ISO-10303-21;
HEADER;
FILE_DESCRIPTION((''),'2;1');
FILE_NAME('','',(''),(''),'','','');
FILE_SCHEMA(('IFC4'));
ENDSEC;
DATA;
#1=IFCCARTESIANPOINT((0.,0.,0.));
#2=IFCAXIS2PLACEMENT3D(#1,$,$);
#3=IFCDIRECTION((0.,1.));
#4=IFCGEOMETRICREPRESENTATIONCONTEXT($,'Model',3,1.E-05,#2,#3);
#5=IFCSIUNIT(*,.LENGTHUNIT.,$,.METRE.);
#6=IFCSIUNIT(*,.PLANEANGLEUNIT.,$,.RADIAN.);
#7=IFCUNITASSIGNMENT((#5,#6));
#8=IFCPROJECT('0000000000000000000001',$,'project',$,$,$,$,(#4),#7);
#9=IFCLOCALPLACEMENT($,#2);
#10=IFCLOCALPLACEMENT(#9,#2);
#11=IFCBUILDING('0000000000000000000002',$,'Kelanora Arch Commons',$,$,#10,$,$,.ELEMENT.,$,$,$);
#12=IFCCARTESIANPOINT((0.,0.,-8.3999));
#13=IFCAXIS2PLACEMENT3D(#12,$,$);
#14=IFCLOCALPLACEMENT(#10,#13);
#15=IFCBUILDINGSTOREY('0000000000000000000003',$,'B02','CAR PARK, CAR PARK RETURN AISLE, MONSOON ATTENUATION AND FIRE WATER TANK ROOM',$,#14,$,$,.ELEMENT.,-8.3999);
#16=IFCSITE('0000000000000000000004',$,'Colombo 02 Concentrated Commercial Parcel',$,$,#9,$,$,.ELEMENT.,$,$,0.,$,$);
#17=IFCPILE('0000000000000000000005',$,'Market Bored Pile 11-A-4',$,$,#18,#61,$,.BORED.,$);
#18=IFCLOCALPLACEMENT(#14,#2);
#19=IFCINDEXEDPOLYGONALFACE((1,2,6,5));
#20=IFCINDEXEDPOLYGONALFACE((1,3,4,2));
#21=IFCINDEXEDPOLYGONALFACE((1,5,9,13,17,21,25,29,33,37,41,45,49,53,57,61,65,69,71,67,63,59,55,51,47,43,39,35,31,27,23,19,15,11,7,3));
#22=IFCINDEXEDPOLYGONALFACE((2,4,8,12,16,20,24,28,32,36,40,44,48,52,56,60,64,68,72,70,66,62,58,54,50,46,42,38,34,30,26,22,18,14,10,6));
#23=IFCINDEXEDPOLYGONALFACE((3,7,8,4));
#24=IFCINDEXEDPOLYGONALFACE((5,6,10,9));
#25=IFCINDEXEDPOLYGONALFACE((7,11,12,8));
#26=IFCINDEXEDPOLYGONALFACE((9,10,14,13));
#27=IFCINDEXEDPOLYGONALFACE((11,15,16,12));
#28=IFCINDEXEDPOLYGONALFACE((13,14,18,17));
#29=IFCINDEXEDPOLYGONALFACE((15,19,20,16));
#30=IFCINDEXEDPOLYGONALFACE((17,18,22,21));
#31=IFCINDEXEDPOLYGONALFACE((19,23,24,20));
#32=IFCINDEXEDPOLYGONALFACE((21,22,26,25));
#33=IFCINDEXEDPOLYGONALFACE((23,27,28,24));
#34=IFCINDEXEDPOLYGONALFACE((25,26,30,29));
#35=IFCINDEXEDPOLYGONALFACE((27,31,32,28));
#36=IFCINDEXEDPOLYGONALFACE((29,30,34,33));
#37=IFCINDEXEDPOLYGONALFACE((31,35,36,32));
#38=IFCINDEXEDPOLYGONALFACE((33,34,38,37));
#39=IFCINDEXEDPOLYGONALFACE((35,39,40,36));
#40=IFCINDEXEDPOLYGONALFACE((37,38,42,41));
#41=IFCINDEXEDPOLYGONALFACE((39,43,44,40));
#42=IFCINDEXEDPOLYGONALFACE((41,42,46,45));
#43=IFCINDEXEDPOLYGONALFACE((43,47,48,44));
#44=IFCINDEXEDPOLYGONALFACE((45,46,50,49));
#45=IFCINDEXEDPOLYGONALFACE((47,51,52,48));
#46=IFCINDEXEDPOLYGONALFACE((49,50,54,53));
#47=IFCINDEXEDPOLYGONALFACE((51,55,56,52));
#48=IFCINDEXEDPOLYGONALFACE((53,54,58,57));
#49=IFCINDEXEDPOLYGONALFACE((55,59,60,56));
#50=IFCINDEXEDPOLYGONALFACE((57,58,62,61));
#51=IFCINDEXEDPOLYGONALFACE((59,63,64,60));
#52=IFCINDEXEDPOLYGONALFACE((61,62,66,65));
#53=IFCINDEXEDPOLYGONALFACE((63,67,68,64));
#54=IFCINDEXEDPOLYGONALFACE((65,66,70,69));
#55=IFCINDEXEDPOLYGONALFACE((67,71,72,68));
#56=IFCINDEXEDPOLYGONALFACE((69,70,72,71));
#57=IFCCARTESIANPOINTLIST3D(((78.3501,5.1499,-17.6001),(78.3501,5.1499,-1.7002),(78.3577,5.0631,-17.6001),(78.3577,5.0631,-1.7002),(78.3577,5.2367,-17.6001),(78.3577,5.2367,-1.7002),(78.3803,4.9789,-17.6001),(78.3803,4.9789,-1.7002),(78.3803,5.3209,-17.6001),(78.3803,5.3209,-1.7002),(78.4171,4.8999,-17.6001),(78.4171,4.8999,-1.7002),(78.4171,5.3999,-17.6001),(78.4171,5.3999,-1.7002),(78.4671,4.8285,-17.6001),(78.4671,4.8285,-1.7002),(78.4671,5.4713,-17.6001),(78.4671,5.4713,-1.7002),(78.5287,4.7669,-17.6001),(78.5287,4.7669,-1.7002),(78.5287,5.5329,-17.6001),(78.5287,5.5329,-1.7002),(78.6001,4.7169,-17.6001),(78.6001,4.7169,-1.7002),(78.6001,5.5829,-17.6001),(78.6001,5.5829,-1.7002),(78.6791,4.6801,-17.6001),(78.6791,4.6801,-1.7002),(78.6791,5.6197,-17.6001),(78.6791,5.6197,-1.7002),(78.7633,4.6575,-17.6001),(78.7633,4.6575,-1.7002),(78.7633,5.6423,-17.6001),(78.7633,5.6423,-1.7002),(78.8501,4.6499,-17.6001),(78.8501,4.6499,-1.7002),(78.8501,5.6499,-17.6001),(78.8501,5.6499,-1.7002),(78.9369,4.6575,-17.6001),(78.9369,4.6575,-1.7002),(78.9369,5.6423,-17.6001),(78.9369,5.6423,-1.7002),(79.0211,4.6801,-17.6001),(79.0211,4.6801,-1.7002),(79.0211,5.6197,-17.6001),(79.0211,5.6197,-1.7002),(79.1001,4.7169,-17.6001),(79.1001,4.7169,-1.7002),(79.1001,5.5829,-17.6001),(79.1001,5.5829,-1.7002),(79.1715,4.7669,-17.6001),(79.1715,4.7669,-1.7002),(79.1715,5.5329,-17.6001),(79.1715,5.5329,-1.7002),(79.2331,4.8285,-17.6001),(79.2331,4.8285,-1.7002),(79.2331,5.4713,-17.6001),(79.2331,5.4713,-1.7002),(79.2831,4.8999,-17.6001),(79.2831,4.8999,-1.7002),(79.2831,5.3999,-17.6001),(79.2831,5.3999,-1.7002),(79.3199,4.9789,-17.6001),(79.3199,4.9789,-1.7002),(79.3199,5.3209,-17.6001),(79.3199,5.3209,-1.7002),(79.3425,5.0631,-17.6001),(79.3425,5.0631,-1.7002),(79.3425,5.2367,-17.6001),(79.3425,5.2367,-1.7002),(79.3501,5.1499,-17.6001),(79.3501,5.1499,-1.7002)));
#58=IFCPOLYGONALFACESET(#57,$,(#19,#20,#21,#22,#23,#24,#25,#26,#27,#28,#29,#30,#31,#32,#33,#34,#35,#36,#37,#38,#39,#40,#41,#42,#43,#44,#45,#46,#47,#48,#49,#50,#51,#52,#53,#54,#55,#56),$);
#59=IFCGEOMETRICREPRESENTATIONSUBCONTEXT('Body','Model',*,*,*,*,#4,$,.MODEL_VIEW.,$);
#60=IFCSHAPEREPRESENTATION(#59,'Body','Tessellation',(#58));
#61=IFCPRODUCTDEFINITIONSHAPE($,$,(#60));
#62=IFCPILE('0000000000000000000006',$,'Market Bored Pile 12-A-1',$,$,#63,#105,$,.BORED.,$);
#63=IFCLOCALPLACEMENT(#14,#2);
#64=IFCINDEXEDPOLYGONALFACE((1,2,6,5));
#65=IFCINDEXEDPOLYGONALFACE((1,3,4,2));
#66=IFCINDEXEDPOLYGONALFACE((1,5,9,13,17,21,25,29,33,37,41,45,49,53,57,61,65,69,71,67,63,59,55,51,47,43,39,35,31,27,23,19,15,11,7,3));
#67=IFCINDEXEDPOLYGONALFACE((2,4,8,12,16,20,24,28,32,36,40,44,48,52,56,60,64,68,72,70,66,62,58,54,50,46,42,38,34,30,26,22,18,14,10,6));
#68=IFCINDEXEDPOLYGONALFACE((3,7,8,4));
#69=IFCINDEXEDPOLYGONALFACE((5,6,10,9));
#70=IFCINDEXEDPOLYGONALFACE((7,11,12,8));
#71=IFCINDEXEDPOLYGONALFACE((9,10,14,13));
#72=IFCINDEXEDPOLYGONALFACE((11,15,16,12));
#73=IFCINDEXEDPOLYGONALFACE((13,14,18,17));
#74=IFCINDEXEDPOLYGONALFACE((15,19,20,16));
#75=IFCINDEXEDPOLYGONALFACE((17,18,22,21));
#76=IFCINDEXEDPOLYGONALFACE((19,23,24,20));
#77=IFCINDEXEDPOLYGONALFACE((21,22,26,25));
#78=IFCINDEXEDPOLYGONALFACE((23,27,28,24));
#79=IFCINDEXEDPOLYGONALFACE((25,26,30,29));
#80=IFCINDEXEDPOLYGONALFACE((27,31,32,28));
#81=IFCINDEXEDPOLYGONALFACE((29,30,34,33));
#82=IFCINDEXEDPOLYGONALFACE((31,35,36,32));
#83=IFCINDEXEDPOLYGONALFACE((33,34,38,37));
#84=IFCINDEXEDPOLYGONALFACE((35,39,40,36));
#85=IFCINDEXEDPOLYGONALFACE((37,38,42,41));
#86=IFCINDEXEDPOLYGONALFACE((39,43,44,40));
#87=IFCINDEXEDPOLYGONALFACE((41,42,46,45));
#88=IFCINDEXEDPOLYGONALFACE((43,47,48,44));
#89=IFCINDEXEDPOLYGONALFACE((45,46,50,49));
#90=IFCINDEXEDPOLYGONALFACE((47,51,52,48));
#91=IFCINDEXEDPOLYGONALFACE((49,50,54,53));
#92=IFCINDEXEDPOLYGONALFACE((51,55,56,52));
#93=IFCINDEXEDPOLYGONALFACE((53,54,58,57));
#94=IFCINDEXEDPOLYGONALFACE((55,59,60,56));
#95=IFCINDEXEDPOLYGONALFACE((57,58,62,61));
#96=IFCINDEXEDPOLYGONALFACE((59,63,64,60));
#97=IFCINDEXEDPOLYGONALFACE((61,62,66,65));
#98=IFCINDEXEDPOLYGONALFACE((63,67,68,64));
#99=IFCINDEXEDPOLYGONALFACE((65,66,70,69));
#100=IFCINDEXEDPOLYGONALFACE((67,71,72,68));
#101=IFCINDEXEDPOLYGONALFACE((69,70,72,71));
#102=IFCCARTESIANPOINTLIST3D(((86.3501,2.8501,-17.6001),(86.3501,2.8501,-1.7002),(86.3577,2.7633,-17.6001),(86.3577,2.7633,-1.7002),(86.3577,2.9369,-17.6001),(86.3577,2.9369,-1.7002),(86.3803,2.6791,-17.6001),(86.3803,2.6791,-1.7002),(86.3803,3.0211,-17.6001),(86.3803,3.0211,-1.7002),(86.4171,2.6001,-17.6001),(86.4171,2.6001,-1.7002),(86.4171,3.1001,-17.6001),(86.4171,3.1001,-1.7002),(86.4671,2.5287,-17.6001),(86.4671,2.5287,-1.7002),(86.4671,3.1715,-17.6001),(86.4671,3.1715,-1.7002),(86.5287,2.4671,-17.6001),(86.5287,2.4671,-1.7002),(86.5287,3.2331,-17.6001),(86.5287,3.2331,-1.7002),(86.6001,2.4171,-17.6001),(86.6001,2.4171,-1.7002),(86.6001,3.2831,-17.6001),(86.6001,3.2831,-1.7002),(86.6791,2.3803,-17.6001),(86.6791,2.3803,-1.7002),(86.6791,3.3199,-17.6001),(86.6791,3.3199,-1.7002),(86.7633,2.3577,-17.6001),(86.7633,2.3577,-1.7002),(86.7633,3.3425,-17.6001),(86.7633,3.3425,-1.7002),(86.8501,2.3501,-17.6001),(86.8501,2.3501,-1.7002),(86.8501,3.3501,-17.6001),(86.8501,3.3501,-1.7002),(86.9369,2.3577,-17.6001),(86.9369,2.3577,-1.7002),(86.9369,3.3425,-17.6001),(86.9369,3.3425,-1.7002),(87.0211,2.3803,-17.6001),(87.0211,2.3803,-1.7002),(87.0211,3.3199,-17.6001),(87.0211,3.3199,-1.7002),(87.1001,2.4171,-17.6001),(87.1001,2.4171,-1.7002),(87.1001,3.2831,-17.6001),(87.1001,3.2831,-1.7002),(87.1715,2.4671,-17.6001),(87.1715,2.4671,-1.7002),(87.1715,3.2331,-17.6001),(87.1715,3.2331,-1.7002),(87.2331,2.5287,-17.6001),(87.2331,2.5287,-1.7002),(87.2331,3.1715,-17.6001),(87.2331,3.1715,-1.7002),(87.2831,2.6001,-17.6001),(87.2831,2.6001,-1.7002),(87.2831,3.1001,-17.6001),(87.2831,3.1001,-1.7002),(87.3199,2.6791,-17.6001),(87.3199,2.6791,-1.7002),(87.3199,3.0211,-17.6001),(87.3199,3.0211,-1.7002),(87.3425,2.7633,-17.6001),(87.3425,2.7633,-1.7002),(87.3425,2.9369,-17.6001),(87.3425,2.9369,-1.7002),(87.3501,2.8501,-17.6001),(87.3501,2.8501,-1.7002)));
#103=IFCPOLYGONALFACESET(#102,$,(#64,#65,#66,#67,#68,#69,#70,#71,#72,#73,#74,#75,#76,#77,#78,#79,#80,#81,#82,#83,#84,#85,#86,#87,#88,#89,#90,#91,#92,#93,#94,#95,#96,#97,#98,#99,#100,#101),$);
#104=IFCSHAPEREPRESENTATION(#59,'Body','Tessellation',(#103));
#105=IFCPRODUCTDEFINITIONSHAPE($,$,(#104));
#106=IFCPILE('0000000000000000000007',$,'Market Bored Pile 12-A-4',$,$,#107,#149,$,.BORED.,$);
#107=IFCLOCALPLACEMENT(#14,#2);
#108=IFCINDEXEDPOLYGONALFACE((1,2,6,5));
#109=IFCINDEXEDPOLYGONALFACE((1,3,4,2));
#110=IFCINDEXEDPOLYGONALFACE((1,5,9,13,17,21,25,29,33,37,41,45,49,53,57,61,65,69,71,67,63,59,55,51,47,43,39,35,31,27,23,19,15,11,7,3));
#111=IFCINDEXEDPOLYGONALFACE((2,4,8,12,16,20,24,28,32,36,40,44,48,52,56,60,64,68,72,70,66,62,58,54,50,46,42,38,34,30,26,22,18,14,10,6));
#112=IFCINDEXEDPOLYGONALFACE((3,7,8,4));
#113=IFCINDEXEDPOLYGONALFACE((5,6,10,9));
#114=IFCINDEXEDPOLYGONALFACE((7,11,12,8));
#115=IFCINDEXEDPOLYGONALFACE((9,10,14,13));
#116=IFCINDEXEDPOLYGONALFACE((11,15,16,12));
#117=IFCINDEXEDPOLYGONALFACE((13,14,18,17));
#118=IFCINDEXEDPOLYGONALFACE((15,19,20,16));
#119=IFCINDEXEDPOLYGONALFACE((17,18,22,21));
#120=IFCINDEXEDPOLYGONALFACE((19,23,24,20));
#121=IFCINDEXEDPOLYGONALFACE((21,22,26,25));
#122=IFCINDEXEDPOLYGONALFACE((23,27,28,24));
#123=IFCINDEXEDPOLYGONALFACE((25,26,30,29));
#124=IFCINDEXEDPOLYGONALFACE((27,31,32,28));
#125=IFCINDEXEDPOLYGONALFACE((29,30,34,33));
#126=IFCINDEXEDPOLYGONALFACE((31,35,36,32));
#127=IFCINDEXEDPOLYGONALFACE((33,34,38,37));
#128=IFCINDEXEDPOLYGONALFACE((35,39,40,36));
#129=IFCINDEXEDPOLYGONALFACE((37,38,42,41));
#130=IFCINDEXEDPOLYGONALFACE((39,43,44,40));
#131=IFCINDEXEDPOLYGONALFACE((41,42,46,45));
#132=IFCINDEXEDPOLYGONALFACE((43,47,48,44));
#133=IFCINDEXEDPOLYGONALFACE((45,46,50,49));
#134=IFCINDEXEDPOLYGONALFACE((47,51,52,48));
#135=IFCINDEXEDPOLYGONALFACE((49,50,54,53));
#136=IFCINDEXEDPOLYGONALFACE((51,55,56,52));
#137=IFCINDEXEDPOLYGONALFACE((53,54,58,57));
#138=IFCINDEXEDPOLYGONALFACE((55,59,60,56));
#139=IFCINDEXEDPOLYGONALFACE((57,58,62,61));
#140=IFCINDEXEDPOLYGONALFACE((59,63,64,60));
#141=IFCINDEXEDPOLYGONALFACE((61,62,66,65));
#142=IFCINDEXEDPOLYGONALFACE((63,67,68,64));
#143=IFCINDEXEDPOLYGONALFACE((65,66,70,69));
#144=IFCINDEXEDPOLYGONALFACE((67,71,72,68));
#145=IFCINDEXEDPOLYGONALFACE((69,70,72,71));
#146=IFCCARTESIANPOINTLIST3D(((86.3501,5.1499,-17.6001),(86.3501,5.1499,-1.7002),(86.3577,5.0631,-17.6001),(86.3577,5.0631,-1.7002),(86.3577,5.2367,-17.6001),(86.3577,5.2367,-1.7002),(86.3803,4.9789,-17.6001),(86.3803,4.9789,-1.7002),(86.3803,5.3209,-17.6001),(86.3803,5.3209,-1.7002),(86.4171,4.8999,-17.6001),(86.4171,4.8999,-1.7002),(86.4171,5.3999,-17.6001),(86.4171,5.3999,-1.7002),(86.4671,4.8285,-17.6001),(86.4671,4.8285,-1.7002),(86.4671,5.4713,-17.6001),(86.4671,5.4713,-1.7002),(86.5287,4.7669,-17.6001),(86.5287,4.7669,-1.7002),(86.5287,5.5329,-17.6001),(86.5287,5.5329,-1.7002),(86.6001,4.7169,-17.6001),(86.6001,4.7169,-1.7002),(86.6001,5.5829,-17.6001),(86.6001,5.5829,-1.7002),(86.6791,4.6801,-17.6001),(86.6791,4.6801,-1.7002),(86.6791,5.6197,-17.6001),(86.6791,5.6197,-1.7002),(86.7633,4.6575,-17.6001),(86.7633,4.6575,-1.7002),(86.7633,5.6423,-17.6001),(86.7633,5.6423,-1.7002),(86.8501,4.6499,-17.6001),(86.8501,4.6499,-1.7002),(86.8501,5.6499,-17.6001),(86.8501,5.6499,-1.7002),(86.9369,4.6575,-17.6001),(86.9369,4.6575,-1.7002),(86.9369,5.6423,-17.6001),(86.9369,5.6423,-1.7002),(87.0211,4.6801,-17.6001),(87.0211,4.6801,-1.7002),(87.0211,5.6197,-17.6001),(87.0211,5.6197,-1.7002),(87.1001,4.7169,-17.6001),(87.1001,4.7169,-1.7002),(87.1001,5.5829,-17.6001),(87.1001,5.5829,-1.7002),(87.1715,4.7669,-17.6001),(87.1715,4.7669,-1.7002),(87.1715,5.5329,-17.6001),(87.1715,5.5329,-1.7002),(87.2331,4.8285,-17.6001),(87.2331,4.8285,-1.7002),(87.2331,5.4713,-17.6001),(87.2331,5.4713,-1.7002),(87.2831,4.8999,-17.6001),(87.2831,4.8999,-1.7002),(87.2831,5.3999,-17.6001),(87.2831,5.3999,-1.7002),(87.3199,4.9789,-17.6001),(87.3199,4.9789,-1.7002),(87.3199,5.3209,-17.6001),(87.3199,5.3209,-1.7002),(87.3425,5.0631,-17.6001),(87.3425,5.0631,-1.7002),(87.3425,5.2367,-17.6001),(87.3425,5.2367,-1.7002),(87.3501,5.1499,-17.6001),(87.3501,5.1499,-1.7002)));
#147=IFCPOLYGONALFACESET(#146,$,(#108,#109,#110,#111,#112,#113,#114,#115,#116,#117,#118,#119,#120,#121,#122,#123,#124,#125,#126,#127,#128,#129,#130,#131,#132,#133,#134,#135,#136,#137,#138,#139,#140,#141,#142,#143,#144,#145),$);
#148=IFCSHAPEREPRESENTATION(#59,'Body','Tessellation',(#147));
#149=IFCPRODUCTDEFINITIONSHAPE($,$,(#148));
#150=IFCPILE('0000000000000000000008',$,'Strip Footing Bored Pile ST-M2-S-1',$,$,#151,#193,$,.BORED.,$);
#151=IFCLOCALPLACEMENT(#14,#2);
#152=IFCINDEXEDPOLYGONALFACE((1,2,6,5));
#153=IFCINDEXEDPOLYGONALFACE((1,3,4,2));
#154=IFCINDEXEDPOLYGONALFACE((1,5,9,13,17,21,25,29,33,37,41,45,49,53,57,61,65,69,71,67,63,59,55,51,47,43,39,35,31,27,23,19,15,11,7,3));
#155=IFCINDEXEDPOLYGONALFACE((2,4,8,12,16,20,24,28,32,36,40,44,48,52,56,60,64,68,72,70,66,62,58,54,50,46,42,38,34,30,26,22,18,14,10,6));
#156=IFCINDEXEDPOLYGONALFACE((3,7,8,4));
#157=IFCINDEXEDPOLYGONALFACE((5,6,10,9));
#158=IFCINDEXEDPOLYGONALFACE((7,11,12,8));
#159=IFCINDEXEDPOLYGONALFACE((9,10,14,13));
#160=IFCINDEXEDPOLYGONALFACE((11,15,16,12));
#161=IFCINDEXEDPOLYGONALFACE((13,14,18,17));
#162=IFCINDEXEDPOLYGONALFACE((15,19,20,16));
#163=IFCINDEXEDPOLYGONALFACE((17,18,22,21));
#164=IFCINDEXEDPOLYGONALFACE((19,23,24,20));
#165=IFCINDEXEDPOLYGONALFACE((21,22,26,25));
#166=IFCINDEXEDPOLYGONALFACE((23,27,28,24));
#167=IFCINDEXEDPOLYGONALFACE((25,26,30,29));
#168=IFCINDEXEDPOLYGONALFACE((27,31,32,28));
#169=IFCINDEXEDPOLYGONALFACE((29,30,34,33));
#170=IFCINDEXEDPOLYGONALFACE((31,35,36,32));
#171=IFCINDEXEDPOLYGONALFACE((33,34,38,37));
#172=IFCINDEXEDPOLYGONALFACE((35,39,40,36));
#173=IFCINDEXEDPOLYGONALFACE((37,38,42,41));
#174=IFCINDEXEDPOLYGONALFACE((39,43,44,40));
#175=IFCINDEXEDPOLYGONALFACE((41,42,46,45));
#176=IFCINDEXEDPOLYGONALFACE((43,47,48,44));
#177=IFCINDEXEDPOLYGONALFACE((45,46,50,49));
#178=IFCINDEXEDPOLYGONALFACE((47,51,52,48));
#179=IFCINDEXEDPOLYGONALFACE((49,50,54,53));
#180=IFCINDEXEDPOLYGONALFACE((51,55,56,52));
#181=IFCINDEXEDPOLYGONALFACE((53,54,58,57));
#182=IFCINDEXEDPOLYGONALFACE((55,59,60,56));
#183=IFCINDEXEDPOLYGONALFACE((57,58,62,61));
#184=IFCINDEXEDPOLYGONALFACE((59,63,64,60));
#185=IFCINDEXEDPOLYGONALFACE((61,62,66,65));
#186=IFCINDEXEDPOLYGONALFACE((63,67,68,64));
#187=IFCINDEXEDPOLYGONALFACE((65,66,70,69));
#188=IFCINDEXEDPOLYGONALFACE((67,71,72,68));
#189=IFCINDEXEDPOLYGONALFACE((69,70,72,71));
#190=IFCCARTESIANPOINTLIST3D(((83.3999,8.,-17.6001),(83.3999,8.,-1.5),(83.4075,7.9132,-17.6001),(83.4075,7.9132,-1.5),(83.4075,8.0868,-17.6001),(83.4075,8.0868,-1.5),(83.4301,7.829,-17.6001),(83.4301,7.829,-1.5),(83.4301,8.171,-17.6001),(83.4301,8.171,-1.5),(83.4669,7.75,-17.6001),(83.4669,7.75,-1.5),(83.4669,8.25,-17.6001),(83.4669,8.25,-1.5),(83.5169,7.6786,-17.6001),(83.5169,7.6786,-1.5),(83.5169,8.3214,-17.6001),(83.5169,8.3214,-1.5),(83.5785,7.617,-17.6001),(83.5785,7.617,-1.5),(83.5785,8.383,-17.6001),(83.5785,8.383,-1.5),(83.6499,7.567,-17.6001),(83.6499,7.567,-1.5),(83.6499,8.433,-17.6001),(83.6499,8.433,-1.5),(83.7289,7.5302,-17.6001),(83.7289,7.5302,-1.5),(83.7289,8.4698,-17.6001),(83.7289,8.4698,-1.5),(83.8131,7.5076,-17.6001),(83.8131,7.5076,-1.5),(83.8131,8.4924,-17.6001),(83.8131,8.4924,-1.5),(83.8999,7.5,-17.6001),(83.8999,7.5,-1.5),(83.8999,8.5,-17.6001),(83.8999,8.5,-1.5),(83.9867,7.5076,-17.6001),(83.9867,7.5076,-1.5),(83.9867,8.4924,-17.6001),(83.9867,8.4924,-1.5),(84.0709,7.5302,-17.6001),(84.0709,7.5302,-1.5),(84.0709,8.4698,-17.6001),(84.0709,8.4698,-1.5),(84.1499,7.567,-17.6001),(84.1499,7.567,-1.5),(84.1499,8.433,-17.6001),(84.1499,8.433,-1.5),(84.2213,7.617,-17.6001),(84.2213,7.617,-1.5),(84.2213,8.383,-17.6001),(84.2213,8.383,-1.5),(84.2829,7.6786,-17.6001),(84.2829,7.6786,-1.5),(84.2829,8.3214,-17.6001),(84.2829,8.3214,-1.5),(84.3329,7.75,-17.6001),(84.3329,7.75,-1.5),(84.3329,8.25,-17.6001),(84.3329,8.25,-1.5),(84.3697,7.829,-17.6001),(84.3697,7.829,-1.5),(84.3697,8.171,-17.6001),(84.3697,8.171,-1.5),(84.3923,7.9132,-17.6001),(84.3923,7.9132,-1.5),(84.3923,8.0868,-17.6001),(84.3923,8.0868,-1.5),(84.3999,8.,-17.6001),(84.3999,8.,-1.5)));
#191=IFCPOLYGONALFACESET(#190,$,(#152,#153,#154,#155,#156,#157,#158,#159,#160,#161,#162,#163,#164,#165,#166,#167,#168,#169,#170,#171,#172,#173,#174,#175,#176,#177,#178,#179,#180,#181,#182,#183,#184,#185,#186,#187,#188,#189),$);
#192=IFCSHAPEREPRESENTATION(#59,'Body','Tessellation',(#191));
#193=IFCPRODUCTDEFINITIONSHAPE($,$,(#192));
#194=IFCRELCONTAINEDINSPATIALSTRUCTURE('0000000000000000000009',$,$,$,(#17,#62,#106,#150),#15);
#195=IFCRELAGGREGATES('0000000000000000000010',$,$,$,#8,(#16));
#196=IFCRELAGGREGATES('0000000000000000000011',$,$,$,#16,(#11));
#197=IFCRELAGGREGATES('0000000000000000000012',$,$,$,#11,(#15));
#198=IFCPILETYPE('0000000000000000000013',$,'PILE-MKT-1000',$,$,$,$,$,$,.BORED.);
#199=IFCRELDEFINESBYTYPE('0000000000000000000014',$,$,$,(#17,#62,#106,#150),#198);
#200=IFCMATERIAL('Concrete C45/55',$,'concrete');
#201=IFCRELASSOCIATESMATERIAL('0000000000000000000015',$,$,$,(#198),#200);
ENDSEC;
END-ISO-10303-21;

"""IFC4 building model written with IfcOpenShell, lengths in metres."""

from ifc_helpers import new_model, si_unit, direction, frame, origin, origin_2d, place, context, subcontext, project, spatial, circle, extrude, source, transform, mapped, material, material_profile, profile_set, type_object, element, save


model = new_model("IFC4")

# Units and contexts
model_context = context("Model", 3, precision=1e-05, world=origin(), true_north=direction((0.0, 1.0)))
body_context = subcontext(model_context, "Body", "Model", "MODEL_VIEW")
ifc_project = project(units=[si_unit("LENGTHUNIT", "METRE"), si_unit("PLANEANGLEUNIT", "RADIAN")], contexts=[model_context])

# Site, building, storey
site_placement = place(None, origin())
site = spatial("IfcSite", under=ifc_project, at=site_placement, Name="Colombo 02 Concentrated Commercial Parcel", CompositionType="ELEMENT", RefElevation=0.0)
building_placement = place(site_placement, origin())
building = spatial("IfcBuilding", under=site, at=building_placement, Name="Kelanora Arch Commons", CompositionType="ELEMENT")
storey_placement = place(building_placement, frame((0.0, 0.0, -8.3999)))
storey = spatial("IfcBuildingStorey", under=building, at=storey_placement, Name="B02", Description="CAR PARK, CAR PARK RETURN AISLE, MONSOON ATTENUATION AND FIRE WATER TANK ROOM", CompositionType="ELEMENT", Elevation=-8.3999)

# Piles
ifc_material_1 = material(Name="Concrete C45/55", Category="concrete")
ifc_material_profile_1 = material_profile(ifc_material_1, circle(Radius=0.5, at=origin_2d()), Name="PILE1000")
ifc_profile_set_1 = profile_set([ifc_material_profile_1], Name="Concrete C45/55")
pile_type = type_object("IfcPileType", Name="PILE-MKT-1000", PredefinedType="BORED", material=ifc_profile_set_1)
shared_shape_1 = source(origin(), body_context, "Body", "SweptSolid", [
    extrude(circle(Radius=0.5, at=origin_2d()), origin(), (0.0, 0.0, 1.0), 15.8999),
])
for number, where, z_axis, x_axis, name in (
    (1, (78.8501, 5.1499, -1.7002), (0.0, 0.0, -1.0), (1.0, 0.0, 0.0), "Market Bored Pile 11-A-4"),
    (2, (86.8501, 2.8501, -1.7002), (0.0, 0.0, -1.0), (1.0, 0.0, 0.0), "Market Bored Pile 12-A-1"),
    (3, (86.8501, 5.1499, -1.7002), (0.0, 0.0, -1.0), (1.0, 0.0, 0.0), "Market Bored Pile 12-A-4"),
):
    element("IfcPile", number, at=place(storey_placement, frame(where, z_axis=z_axis, x_axis=x_axis)), inside=storey, type_object=pile_type, Name=name, PredefinedType="BORED", context=body_context, shape_type="MappedRepresentation", body=[
        mapped(shared_shape_1, transform((0.0, 0.0, 0.0), scale=1.0)),
    ])
shared_shape_2 = source(origin(), body_context, "Body", "SweptSolid", [
    extrude(circle(Radius=0.5, at=origin_2d()), origin(), (0.0, 0.0, 1.0), 16.1001),
])
for number, where, z_axis, x_axis, name in (
    (4, (83.8999, 8.0, -1.5), (0.0, 0.0, -1.0), (1.0, 0.0, 0.0), "Strip Footing Bored Pile ST-M2-S-1"),
):
    element("IfcPile", number, at=place(storey_placement, frame(where, z_axis=z_axis, x_axis=x_axis)), inside=storey, type_object=pile_type, Name=name, PredefinedType="BORED", context=body_context, shape_type="MappedRepresentation", body=[
        mapped(shared_shape_2, transform((0.0, 0.0, 0.0), scale=1.0)),
    ])

save(model, "model.ifc")
